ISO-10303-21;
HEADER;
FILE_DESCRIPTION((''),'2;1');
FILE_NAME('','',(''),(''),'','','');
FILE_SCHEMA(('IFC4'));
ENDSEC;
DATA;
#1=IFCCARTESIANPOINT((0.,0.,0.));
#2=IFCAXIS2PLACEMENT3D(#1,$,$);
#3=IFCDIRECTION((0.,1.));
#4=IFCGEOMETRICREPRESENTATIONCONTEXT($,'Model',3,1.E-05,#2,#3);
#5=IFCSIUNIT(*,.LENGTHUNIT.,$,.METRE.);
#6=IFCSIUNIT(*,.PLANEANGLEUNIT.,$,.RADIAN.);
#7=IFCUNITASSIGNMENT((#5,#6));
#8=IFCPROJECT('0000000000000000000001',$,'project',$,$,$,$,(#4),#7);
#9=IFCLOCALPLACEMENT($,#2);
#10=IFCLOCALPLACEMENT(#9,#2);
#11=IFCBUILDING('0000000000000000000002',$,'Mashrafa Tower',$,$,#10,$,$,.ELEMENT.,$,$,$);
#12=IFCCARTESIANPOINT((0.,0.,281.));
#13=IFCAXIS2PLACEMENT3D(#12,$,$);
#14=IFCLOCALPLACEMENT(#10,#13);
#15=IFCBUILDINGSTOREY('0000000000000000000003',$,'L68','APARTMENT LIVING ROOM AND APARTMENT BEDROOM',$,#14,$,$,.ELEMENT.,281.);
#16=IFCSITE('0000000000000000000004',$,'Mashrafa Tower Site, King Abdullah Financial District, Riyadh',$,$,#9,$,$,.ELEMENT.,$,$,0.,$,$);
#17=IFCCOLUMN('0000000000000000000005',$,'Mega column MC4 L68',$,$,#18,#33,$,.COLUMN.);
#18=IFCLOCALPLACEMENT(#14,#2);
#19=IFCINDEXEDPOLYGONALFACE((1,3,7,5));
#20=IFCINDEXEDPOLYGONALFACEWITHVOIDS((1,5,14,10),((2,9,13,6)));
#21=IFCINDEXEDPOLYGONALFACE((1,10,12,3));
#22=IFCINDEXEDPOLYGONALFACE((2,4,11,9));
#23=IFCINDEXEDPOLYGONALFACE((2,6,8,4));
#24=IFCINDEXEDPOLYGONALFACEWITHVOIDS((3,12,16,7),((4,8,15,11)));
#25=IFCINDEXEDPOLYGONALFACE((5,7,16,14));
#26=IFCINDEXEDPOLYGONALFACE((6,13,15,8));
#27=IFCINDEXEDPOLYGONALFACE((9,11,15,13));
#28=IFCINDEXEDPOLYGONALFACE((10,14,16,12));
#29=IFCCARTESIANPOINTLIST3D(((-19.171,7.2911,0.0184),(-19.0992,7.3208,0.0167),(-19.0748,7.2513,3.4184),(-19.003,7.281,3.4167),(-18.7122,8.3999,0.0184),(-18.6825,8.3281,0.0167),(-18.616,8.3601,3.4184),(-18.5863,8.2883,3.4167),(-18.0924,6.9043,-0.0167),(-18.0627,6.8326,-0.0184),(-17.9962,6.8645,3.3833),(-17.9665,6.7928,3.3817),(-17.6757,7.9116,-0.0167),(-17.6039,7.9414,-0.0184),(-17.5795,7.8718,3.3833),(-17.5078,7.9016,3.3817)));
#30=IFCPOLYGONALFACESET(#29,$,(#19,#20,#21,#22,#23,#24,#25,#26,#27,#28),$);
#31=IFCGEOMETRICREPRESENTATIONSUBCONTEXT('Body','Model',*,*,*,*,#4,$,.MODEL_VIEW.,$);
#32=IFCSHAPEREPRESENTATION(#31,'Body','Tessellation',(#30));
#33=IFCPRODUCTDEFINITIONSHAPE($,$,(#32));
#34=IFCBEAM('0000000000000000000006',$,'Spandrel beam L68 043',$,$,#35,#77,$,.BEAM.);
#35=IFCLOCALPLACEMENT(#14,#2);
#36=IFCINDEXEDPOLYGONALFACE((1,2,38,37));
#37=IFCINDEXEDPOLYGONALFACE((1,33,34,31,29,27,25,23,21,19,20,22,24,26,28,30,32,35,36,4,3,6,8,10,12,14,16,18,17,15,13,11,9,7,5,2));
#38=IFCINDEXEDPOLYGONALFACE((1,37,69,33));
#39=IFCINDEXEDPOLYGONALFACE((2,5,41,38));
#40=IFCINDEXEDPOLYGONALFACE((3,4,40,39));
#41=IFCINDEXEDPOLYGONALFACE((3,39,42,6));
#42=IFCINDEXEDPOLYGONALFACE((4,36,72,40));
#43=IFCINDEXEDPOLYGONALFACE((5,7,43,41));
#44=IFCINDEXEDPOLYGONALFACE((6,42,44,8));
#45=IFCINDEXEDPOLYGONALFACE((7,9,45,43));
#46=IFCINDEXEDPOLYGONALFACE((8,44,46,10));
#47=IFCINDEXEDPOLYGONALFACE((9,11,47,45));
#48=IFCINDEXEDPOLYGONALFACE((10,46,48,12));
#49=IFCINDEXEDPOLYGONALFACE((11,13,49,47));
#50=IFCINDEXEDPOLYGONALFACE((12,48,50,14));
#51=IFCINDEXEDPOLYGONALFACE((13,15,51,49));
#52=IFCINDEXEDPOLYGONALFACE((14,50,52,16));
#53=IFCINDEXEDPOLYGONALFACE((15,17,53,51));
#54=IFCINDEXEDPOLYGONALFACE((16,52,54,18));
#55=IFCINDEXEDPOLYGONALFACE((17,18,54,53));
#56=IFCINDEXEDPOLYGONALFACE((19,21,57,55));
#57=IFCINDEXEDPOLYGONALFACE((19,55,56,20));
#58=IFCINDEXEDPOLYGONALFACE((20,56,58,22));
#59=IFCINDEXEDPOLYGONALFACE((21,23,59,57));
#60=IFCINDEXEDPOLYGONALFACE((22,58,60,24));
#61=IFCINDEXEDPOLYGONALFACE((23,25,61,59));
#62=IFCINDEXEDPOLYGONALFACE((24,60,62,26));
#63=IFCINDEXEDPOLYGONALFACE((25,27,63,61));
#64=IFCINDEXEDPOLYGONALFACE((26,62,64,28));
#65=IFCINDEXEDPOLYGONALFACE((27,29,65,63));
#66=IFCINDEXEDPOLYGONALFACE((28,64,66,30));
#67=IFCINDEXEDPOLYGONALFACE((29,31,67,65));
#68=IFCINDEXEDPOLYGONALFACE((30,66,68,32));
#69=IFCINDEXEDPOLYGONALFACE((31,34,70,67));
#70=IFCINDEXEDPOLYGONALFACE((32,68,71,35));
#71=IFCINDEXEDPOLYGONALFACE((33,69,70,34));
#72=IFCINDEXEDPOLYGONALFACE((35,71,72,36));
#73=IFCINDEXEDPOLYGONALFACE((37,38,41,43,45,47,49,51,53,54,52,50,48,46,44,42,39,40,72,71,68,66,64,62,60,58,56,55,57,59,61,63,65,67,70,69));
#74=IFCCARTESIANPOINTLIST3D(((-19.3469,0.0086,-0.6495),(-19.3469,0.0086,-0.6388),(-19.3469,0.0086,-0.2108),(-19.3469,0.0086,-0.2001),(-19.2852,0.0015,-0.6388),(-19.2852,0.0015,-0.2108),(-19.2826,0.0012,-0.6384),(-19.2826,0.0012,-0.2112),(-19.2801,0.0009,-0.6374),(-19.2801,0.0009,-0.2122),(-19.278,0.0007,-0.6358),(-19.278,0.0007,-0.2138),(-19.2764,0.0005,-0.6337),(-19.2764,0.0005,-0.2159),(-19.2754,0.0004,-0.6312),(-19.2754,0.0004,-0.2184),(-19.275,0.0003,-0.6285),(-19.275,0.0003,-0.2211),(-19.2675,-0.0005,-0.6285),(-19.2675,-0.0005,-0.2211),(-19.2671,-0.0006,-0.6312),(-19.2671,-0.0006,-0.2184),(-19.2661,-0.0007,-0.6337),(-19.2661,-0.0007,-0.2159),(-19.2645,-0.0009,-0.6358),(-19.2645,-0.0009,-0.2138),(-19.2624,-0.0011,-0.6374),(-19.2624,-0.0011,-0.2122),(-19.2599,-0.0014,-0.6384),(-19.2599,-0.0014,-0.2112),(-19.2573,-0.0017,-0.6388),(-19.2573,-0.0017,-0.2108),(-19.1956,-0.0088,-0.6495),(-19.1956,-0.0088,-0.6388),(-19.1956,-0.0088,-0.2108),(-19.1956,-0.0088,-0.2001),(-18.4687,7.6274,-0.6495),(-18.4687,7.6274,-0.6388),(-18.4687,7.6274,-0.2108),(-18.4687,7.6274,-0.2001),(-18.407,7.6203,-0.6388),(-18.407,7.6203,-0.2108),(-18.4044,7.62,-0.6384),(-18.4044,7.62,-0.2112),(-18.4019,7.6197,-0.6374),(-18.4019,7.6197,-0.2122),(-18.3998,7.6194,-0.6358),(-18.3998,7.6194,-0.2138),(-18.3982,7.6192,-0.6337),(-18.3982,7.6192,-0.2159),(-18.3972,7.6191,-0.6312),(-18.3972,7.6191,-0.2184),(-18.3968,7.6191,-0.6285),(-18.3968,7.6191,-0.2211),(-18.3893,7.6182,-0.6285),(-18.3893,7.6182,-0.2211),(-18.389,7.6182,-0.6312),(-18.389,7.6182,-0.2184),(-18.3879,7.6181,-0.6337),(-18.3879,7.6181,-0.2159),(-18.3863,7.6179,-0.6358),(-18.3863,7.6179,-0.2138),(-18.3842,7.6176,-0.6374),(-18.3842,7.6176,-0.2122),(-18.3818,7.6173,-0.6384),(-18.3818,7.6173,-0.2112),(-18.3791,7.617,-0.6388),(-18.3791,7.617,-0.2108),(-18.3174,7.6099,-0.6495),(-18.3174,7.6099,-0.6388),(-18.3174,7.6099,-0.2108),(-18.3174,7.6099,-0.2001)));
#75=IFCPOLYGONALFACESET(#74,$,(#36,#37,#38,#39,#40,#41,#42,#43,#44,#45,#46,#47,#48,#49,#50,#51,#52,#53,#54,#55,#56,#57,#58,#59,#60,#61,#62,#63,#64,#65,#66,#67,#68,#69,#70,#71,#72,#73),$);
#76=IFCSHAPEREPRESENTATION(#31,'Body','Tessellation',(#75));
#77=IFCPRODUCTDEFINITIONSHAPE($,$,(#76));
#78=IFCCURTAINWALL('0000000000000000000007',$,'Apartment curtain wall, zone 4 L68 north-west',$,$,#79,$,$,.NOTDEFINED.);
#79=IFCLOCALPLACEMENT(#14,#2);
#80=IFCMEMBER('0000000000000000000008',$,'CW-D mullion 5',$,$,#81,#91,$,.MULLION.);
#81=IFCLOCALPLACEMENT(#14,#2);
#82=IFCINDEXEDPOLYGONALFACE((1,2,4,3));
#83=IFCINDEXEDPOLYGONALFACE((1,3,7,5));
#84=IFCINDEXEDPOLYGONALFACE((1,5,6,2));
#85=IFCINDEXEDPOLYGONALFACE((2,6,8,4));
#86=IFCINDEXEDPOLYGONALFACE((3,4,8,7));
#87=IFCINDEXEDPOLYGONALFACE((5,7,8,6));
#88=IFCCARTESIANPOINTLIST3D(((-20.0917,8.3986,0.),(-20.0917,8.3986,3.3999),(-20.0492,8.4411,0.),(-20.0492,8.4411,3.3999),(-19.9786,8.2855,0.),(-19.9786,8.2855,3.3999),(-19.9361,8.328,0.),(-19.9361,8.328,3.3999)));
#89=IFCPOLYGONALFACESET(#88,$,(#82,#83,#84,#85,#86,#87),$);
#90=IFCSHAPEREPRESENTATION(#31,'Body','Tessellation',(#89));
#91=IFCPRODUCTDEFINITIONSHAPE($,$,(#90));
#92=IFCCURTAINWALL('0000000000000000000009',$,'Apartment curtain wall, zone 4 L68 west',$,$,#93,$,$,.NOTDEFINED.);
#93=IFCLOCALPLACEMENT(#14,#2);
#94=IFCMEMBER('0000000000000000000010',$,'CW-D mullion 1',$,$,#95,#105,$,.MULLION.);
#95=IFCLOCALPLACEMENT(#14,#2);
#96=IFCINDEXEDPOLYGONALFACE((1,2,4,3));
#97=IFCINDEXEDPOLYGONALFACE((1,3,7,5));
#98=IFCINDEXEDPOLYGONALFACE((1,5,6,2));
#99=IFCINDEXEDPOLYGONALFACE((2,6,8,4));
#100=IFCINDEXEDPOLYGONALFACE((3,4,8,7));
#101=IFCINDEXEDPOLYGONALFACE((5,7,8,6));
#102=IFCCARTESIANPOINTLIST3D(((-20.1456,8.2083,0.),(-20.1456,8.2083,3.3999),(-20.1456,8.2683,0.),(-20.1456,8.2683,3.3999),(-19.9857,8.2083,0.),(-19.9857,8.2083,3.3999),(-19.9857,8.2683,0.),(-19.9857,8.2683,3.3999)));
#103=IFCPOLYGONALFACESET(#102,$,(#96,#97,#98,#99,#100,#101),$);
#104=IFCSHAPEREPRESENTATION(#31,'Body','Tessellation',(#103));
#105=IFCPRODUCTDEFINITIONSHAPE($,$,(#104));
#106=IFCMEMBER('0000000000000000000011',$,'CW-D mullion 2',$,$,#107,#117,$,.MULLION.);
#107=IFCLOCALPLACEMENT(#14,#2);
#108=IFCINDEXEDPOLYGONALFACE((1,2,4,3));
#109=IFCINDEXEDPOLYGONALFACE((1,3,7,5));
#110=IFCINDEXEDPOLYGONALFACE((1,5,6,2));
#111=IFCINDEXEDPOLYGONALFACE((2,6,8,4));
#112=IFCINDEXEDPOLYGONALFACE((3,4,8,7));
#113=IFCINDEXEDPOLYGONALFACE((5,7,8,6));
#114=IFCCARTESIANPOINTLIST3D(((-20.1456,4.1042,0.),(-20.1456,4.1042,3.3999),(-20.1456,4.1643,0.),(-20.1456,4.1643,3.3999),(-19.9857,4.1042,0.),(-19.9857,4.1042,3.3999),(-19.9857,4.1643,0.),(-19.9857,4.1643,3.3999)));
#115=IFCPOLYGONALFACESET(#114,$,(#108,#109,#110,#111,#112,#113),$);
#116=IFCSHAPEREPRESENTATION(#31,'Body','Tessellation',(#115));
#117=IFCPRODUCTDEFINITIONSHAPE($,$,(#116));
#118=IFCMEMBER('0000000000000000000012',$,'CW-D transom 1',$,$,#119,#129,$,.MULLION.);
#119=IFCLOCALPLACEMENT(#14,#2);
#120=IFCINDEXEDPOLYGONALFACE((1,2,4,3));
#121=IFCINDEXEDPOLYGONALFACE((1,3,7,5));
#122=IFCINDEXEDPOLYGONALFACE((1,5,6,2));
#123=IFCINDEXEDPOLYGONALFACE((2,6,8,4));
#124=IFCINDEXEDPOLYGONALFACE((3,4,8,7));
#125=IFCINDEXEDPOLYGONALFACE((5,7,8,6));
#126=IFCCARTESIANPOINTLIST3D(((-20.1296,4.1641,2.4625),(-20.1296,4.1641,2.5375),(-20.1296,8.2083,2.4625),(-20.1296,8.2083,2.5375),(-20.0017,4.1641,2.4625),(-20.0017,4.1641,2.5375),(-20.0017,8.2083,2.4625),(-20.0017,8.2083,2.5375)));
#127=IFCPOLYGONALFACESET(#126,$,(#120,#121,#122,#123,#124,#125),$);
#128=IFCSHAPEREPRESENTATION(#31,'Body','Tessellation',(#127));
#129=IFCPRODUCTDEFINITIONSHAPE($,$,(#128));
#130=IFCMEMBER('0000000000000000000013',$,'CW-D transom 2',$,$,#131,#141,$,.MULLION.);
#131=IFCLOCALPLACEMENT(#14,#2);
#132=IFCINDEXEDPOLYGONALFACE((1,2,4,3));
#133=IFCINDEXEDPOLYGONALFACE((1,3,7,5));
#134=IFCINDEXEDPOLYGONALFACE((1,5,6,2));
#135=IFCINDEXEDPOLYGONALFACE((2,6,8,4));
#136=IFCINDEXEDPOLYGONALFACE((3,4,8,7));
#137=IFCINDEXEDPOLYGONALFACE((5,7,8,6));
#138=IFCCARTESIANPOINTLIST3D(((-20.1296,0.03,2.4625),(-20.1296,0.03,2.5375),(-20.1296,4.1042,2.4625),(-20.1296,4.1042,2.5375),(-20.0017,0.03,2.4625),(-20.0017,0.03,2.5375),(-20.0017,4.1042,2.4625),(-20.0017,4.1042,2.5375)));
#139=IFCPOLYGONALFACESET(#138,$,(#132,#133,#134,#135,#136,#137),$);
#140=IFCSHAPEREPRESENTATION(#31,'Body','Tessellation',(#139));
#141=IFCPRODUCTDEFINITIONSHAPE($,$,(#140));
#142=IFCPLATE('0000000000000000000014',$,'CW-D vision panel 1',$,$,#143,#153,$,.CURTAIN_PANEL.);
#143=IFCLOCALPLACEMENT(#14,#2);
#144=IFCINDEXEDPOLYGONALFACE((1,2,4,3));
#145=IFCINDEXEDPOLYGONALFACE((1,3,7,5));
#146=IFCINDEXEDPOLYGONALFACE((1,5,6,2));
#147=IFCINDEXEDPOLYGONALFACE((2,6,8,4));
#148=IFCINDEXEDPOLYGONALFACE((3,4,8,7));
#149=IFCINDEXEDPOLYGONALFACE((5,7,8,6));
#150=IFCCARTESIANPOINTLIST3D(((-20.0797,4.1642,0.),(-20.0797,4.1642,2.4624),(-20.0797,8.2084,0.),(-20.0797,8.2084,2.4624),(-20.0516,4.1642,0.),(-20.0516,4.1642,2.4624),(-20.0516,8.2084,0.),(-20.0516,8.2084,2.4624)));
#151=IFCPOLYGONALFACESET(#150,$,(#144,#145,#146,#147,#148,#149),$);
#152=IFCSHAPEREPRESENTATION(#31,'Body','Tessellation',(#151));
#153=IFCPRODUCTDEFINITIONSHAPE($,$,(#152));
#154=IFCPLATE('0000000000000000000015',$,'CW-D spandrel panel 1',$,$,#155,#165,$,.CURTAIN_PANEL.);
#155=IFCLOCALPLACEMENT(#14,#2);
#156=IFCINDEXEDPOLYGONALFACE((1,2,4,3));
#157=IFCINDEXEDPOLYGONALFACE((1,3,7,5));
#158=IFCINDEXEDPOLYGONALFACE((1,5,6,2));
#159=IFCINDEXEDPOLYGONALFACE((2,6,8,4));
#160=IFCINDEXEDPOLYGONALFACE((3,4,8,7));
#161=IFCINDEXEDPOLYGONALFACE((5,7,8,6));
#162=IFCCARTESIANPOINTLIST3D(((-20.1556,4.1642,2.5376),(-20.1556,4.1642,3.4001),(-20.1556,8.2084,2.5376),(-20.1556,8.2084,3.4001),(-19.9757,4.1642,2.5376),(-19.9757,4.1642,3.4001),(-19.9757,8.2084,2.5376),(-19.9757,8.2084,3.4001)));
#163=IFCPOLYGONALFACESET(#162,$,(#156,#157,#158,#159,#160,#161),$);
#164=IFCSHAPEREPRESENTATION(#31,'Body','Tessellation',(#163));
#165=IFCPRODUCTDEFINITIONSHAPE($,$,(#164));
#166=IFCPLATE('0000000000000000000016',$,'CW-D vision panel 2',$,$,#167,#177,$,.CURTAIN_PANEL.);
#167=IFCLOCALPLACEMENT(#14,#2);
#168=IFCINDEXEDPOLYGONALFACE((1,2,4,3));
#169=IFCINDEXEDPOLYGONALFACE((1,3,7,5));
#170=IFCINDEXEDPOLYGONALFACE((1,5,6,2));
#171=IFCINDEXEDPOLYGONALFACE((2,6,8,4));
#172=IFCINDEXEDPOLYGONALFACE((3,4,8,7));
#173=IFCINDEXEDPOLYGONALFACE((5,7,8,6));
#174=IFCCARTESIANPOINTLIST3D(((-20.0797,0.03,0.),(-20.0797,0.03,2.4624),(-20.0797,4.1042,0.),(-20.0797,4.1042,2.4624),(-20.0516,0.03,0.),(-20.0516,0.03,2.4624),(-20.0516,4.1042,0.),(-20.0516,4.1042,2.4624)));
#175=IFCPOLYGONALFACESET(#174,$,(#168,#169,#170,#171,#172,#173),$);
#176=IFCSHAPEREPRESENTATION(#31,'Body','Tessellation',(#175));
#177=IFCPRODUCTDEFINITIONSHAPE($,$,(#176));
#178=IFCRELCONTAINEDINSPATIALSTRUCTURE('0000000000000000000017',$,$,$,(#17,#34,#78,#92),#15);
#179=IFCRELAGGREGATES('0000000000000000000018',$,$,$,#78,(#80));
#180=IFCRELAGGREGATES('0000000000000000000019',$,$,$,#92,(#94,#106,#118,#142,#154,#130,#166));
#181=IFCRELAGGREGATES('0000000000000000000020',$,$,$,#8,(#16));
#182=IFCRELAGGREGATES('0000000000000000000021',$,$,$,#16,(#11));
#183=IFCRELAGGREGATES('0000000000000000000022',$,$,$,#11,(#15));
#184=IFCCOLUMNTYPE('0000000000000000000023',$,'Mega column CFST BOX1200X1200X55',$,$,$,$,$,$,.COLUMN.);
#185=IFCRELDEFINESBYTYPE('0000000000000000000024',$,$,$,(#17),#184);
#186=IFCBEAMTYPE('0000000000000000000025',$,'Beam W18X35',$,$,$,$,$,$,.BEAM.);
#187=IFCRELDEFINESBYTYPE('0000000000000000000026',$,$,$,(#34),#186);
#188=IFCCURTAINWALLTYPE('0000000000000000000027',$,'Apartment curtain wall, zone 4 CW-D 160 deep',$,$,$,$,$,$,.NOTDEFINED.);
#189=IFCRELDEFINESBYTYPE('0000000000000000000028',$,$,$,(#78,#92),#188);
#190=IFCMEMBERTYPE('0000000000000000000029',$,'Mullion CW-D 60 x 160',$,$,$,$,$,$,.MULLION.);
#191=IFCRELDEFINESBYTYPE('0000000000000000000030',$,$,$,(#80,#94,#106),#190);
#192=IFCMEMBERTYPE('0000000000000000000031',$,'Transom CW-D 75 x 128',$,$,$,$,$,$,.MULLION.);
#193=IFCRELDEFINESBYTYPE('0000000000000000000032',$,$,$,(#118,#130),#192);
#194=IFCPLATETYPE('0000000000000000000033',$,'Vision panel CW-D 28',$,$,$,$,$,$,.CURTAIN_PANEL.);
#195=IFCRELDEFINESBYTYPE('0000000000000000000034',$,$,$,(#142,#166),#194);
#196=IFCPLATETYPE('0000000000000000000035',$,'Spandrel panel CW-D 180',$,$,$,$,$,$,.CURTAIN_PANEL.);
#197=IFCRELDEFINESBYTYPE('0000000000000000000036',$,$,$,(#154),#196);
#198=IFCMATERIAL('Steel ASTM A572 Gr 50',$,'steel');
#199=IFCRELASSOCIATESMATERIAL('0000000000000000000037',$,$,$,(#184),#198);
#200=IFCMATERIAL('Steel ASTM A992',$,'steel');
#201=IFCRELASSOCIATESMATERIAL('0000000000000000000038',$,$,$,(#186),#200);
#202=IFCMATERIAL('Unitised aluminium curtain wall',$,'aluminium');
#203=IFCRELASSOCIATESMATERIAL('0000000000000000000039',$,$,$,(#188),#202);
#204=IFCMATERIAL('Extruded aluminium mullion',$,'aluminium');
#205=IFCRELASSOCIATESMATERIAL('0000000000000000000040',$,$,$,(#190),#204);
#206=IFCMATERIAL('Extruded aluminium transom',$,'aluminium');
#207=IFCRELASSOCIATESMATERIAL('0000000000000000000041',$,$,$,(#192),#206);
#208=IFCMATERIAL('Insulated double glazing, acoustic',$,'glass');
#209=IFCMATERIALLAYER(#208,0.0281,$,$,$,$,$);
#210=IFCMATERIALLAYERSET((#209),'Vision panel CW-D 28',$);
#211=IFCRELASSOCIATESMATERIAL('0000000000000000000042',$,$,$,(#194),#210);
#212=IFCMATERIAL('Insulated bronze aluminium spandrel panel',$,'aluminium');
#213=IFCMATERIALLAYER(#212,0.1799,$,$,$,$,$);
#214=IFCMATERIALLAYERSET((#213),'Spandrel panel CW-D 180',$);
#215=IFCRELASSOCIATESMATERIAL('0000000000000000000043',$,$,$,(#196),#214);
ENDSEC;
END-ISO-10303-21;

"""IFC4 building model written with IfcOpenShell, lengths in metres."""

from ifc_helpers import new_model, si_unit, direction, frame, origin, origin_2d, place, context, subcontext, project, spatial, rectangle, hollow_rectangle, i_section, extrude, source, transform, mapped, material, layer, layer_set, material_profile, profile_set, type_object, type_shapes, element, aggregate, save


model = new_model("IFC4")

# Units and contexts
model_context = context("Model", 3, precision=1e-05, world=origin(), true_north=direction((0.0, 1.0)))
body_context = subcontext(model_context, "Body", "Model", "MODEL_VIEW")
ifc_project = project(units=[si_unit("LENGTHUNIT", "METRE"), si_unit("PLANEANGLEUNIT", "RADIAN")], contexts=[model_context])

# Site, building, storey
site_placement = place(None, origin())
site = spatial("IfcSite", under=ifc_project, at=site_placement, Name="Mashrafa Tower Site, King Abdullah Financial District, Riyadh", CompositionType="ELEMENT", RefElevation=0.0)
building_placement = place(site_placement, origin())
building = spatial("IfcBuilding", under=site, at=building_placement, Name="Mashrafa Tower", CompositionType="ELEMENT")
storey_placement = place(building_placement, frame((0.0, 0.0, 281.0)))
storey = spatial("IfcBuildingStorey", under=building, at=storey_placement, Name="L68", Description="APARTMENT LIVING ROOM AND APARTMENT BEDROOM", CompositionType="ELEMENT", Elevation=281.0)

# Column
ifc_material_1 = material(Name="Steel ASTM A572 Gr 50", Category="steel")
ifc_material_profile_1 = material_profile(ifc_material_1, hollow_rectangle(XDim=1.2, YDim=1.2, WallThickness=0.0549, at=origin_2d()), Name="BOX1200X1200X55")
ifc_profile_set_1 = profile_set([ifc_material_profile_1], Name="Steel ASTM A572 Gr 50")
column_type = type_object("IfcColumnType", Name="Mega column CFST BOX1200X1200X55", PredefinedType="COLUMN", material=ifc_profile_set_1)
column_placement = place(storey_placement, frame((-18.3875, 7.6162, 0.0), z_axis=(0.028279, -0.011699, 0.999532), x_axis=(0.382283, 0.924045, 0.0)))
element("IfcColumn", 1, at=column_placement, inside=storey, type_object=column_type, Name="Mega column MC4 L68", PredefinedType="COLUMN", context=body_context, shape_type="SweptSolid", body=[
    extrude(hollow_rectangle(XDim=1.2, YDim=1.2, WallThickness=0.0549, at=origin_2d()), origin(), (0.0, 0.0, 1.0), 3.4016),
])

# Beam
ifc_material_2 = material(Name="Steel ASTM A992", Category="steel")
ifc_material_profile_2 = material_profile(ifc_material_2, i_section(OverallWidth=0.1523, OverallDepth=0.4495, WebThickness=0.0076, FlangeThickness=0.0107, FilletRadius=0.0103, at=origin_2d()), Name="W18X35")
ifc_profile_set_2 = profile_set([ifc_material_profile_2], Name="Steel ASTM A992")
beam_type = type_object("IfcBeamType", Name="Beam W18X35", PredefinedType="BEAM", material=ifc_profile_set_2)
beam_placement = place(storey_placement, frame((-18.3931, 7.6187, -0.4248), z_axis=(-0.114508, -0.993422, 0.0), x_axis=(0.993422, -0.114508, 0.0)))
element("IfcBeam", 2, at=beam_placement, inside=storey, type_object=beam_type, Name="Spandrel beam L68 043", PredefinedType="BEAM", context=body_context, shape_type="SweptSolid", body=[
    extrude(i_section(OverallWidth=0.1523, OverallDepth=0.4495, WebThickness=0.0076, FlangeThickness=0.0107, FilletRadius=0.0103, at=origin_2d()), origin(), (0.0, 0.0, 1.0), 7.6692),
])

# Curtain wall, member
ifc_material_3 = material(Name="Unitised aluminium curtain wall", Category="aluminium")
curtain_wall_type = type_object("IfcCurtainWallType", Name="Apartment curtain wall, zone 4 CW-D 160 deep", PredefinedType="NOTDEFINED", material=ifc_material_3)
curtain_wall_1_placement = place(storey_placement, origin())
curtain_wall_1 = element("IfcCurtainWall", 3, at=curtain_wall_1_placement, inside=storey, type_object=curtain_wall_type, Name="Apartment curtain wall, zone 4 L68 north-west", PredefinedType="NOTDEFINED")
ifc_material_4 = material(Name="Extruded aluminium mullion", Category="aluminium")
ifc_material_profile_3 = material_profile(ifc_material_4, rectangle(XDim=0.1599, YDim=0.0601, at=origin_2d()), Name="Mullion 60x160")
ifc_profile_set_3 = profile_set([ifc_material_profile_3], Name="Extruded aluminium mullion")
member_type_1 = type_object("IfcMemberType", Name="Mullion CW-D 60 x 160", PredefinedType="MULLION", material=ifc_profile_set_3)
shared_shape_1 = source(origin(), body_context, "Body", "SweptSolid", [
    extrude(rectangle(XDim=0.1599, YDim=0.0601, at=origin_2d()), origin(), (0.0, 0.0, 1.0), 3.3999),
])
type_shapes(member_type_1, [shared_shape_1])
member_1_placement = place(storey_placement, frame((-20.0139, 8.3633, 0.0), z_axis=(0.0, 0.0, 1.0), x_axis=(0.707107, -0.707107, 0.0)))
member_1 = element("IfcMember", 4, at=member_1_placement, type_object=member_type_1, Name="CW-D mullion 5", PredefinedType="MULLION", context=body_context, shape_type="MappedRepresentation", body=[
    mapped(shared_shape_1, transform((0.0, 0.0, 0.0))),
])
aggregate(curtain_wall_1, [member_1])

# Curtain wall, members, plates
curtain_wall_2_placement = place(storey_placement, origin())
curtain_wall_2 = element("IfcCurtainWall", 5, at=curtain_wall_2_placement, inside=storey, type_object=curtain_wall_type, Name="Apartment curtain wall, zone 4 L68 west", PredefinedType="NOTDEFINED")
member_2_placement = place(storey_placement, frame((-20.0657, 8.2383, 0.0), z_axis=(0.0, 0.0, 1.0), x_axis=(1.0, 0.0, 0.0)))
member_2 = element("IfcMember", 6, at=member_2_placement, type_object=member_type_1, Name="CW-D mullion 1", PredefinedType="MULLION", context=body_context, shape_type="MappedRepresentation", body=[
    mapped(shared_shape_1, transform((0.0, 0.0, 0.0))),
])
member_3_placement = place(storey_placement, frame((-20.0657, 4.1343, 0.0), z_axis=(0.0, 0.0, 1.0), x_axis=(1.0, 0.0, 0.0)))
member_3 = element("IfcMember", 7, at=member_3_placement, type_object=member_type_1, Name="CW-D mullion 2", PredefinedType="MULLION", context=body_context, shape_type="MappedRepresentation", body=[
    mapped(shared_shape_1, transform((0.0, 0.0, 0.0))),
])
ifc_material_5 = material(Name="Extruded aluminium transom", Category="aluminium")
ifc_material_profile_4 = material_profile(ifc_material_5, rectangle(XDim=0.1279, YDim=0.075, at=origin_2d()), Name="Transom 75x128")
ifc_profile_set_4 = profile_set([ifc_material_profile_4], Name="Extruded aluminium transom")
member_type_2 = type_object("IfcMemberType", Name="Transom CW-D 75 x 128", PredefinedType="MULLION", material=ifc_profile_set_4)
shared_shape_2 = source(origin(), body_context, "Body", "SweptSolid", [
    extrude(rectangle(XDim=0.1279, YDim=0.075, at=origin_2d()), origin(), (0.0, 0.0, 1.0), 4.0442),
])
member_4_placement = place(storey_placement, frame((-20.0657, 8.2083, 2.5), z_axis=(0.0, -1.0, 0.0), x_axis=(1.0, 0.0, 0.0)))
member_4 = element("IfcMember", 8, at=member_4_placement, type_object=member_type_2, Name="CW-D transom 1", PredefinedType="MULLION", context=body_context, shape_type="MappedRepresentation", body=[
    mapped(shared_shape_2, transform((0.0, 0.0, 0.0))),
])
shared_shape_3 = source(origin(), body_context, "Body", "SweptSolid", [
    extrude(rectangle(XDim=0.1279, YDim=0.075, at=origin_2d()), origin(), (0.0, 0.0, 1.0), 4.0742),
])
type_shapes(member_type_2, [shared_shape_2, shared_shape_3])
member_5_placement = place(storey_placement, frame((-20.0657, 4.1042, 2.5), z_axis=(0.0, -1.0, 0.0), x_axis=(1.0, 0.0, 0.0)))
member_5 = element("IfcMember", 9, at=member_5_placement, type_object=member_type_2, Name="CW-D transom 2", PredefinedType="MULLION", context=body_context, shape_type="MappedRepresentation", body=[
    mapped(shared_shape_3, transform((0.0, 0.0, 0.0))),
])
ifc_material_6 = material(Name="Insulated double glazing, acoustic", Category="glass")
ifc_layer_1 = layer(ifc_material_6, 0.0281)
ifc_layer_set_1 = layer_set([ifc_layer_1], Name="Vision panel CW-D 28")
plate_type_1 = type_object("IfcPlateType", Name="Vision panel CW-D 28", PredefinedType="CURTAIN_PANEL", material=ifc_layer_set_1)
shared_shape_4 = source(origin(), body_context, "Body", "SweptSolid", [
    extrude(rectangle(XDim=4.0442, YDim=0.0281, at=origin_2d()), origin(), (0.0, 0.0, 1.0), 2.4624),
])
plate_1_placement = place(storey_placement, frame((-20.0657, 6.1863, 0.0), z_axis=(0.0, 0.0, 1.0), x_axis=(0.0, -1.0, 0.0)))
plate_1 = element("IfcPlate", 10, at=plate_1_placement, type_object=plate_type_1, Name="CW-D vision panel 1", PredefinedType="CURTAIN_PANEL", context=body_context, shape_type="MappedRepresentation", body=[
    mapped(shared_shape_4, transform((0.0, 0.0, 0.0))),
])
ifc_material_7 = material(Name="Insulated bronze aluminium spandrel panel", Category="aluminium")
ifc_layer_2 = layer(ifc_material_7, 0.1799)
ifc_layer_set_2 = layer_set([ifc_layer_2], Name="Spandrel panel CW-D 180")
plate_type_2 = type_object("IfcPlateType", Name="Spandrel panel CW-D 180", PredefinedType="CURTAIN_PANEL", material=ifc_layer_set_2)
shared_shape_5 = source(origin(), body_context, "Body", "SweptSolid", [
    extrude(rectangle(XDim=4.0442, YDim=0.1799, at=origin_2d()), origin(), (0.0, 0.0, 1.0), 0.8625),
])
plate_2_placement = place(storey_placement, frame((-20.0657, 6.1863, 2.5376), z_axis=(0.0, 0.0, 1.0), x_axis=(0.0, -1.0, 0.0)))
plate_2 = element("IfcPlate", 11, at=plate_2_placement, type_object=plate_type_2, Name="CW-D spandrel panel 1", PredefinedType="CURTAIN_PANEL", context=body_context, shape_type="MappedRepresentation", body=[
    mapped(shared_shape_5, transform((0.0, 0.0, 0.0))),
])
shared_shape_6 = source(origin(), body_context, "Body", "SweptSolid", [
    extrude(rectangle(XDim=4.0742, YDim=0.0281, at=origin_2d()), origin(), (0.0, 0.0, 1.0), 2.4624),
])
type_shapes(plate_type_1, [shared_shape_4, shared_shape_6])
plate_3_placement = place(storey_placement, frame((-20.0657, 2.0671, 0.0), z_axis=(0.0, 0.0, 1.0), x_axis=(0.0, -1.0, 0.0)))
plate_3 = element("IfcPlate", 12, at=plate_3_placement, type_object=plate_type_1, Name="CW-D vision panel 2", PredefinedType="CURTAIN_PANEL", context=body_context, shape_type="MappedRepresentation", body=[
    mapped(shared_shape_6, transform((0.0, 0.0, 0.0))),
])
aggregate(curtain_wall_2, [member_2, member_3, member_4, plate_1, plate_2, member_5, plate_3])

save(model, "model.ifc")
